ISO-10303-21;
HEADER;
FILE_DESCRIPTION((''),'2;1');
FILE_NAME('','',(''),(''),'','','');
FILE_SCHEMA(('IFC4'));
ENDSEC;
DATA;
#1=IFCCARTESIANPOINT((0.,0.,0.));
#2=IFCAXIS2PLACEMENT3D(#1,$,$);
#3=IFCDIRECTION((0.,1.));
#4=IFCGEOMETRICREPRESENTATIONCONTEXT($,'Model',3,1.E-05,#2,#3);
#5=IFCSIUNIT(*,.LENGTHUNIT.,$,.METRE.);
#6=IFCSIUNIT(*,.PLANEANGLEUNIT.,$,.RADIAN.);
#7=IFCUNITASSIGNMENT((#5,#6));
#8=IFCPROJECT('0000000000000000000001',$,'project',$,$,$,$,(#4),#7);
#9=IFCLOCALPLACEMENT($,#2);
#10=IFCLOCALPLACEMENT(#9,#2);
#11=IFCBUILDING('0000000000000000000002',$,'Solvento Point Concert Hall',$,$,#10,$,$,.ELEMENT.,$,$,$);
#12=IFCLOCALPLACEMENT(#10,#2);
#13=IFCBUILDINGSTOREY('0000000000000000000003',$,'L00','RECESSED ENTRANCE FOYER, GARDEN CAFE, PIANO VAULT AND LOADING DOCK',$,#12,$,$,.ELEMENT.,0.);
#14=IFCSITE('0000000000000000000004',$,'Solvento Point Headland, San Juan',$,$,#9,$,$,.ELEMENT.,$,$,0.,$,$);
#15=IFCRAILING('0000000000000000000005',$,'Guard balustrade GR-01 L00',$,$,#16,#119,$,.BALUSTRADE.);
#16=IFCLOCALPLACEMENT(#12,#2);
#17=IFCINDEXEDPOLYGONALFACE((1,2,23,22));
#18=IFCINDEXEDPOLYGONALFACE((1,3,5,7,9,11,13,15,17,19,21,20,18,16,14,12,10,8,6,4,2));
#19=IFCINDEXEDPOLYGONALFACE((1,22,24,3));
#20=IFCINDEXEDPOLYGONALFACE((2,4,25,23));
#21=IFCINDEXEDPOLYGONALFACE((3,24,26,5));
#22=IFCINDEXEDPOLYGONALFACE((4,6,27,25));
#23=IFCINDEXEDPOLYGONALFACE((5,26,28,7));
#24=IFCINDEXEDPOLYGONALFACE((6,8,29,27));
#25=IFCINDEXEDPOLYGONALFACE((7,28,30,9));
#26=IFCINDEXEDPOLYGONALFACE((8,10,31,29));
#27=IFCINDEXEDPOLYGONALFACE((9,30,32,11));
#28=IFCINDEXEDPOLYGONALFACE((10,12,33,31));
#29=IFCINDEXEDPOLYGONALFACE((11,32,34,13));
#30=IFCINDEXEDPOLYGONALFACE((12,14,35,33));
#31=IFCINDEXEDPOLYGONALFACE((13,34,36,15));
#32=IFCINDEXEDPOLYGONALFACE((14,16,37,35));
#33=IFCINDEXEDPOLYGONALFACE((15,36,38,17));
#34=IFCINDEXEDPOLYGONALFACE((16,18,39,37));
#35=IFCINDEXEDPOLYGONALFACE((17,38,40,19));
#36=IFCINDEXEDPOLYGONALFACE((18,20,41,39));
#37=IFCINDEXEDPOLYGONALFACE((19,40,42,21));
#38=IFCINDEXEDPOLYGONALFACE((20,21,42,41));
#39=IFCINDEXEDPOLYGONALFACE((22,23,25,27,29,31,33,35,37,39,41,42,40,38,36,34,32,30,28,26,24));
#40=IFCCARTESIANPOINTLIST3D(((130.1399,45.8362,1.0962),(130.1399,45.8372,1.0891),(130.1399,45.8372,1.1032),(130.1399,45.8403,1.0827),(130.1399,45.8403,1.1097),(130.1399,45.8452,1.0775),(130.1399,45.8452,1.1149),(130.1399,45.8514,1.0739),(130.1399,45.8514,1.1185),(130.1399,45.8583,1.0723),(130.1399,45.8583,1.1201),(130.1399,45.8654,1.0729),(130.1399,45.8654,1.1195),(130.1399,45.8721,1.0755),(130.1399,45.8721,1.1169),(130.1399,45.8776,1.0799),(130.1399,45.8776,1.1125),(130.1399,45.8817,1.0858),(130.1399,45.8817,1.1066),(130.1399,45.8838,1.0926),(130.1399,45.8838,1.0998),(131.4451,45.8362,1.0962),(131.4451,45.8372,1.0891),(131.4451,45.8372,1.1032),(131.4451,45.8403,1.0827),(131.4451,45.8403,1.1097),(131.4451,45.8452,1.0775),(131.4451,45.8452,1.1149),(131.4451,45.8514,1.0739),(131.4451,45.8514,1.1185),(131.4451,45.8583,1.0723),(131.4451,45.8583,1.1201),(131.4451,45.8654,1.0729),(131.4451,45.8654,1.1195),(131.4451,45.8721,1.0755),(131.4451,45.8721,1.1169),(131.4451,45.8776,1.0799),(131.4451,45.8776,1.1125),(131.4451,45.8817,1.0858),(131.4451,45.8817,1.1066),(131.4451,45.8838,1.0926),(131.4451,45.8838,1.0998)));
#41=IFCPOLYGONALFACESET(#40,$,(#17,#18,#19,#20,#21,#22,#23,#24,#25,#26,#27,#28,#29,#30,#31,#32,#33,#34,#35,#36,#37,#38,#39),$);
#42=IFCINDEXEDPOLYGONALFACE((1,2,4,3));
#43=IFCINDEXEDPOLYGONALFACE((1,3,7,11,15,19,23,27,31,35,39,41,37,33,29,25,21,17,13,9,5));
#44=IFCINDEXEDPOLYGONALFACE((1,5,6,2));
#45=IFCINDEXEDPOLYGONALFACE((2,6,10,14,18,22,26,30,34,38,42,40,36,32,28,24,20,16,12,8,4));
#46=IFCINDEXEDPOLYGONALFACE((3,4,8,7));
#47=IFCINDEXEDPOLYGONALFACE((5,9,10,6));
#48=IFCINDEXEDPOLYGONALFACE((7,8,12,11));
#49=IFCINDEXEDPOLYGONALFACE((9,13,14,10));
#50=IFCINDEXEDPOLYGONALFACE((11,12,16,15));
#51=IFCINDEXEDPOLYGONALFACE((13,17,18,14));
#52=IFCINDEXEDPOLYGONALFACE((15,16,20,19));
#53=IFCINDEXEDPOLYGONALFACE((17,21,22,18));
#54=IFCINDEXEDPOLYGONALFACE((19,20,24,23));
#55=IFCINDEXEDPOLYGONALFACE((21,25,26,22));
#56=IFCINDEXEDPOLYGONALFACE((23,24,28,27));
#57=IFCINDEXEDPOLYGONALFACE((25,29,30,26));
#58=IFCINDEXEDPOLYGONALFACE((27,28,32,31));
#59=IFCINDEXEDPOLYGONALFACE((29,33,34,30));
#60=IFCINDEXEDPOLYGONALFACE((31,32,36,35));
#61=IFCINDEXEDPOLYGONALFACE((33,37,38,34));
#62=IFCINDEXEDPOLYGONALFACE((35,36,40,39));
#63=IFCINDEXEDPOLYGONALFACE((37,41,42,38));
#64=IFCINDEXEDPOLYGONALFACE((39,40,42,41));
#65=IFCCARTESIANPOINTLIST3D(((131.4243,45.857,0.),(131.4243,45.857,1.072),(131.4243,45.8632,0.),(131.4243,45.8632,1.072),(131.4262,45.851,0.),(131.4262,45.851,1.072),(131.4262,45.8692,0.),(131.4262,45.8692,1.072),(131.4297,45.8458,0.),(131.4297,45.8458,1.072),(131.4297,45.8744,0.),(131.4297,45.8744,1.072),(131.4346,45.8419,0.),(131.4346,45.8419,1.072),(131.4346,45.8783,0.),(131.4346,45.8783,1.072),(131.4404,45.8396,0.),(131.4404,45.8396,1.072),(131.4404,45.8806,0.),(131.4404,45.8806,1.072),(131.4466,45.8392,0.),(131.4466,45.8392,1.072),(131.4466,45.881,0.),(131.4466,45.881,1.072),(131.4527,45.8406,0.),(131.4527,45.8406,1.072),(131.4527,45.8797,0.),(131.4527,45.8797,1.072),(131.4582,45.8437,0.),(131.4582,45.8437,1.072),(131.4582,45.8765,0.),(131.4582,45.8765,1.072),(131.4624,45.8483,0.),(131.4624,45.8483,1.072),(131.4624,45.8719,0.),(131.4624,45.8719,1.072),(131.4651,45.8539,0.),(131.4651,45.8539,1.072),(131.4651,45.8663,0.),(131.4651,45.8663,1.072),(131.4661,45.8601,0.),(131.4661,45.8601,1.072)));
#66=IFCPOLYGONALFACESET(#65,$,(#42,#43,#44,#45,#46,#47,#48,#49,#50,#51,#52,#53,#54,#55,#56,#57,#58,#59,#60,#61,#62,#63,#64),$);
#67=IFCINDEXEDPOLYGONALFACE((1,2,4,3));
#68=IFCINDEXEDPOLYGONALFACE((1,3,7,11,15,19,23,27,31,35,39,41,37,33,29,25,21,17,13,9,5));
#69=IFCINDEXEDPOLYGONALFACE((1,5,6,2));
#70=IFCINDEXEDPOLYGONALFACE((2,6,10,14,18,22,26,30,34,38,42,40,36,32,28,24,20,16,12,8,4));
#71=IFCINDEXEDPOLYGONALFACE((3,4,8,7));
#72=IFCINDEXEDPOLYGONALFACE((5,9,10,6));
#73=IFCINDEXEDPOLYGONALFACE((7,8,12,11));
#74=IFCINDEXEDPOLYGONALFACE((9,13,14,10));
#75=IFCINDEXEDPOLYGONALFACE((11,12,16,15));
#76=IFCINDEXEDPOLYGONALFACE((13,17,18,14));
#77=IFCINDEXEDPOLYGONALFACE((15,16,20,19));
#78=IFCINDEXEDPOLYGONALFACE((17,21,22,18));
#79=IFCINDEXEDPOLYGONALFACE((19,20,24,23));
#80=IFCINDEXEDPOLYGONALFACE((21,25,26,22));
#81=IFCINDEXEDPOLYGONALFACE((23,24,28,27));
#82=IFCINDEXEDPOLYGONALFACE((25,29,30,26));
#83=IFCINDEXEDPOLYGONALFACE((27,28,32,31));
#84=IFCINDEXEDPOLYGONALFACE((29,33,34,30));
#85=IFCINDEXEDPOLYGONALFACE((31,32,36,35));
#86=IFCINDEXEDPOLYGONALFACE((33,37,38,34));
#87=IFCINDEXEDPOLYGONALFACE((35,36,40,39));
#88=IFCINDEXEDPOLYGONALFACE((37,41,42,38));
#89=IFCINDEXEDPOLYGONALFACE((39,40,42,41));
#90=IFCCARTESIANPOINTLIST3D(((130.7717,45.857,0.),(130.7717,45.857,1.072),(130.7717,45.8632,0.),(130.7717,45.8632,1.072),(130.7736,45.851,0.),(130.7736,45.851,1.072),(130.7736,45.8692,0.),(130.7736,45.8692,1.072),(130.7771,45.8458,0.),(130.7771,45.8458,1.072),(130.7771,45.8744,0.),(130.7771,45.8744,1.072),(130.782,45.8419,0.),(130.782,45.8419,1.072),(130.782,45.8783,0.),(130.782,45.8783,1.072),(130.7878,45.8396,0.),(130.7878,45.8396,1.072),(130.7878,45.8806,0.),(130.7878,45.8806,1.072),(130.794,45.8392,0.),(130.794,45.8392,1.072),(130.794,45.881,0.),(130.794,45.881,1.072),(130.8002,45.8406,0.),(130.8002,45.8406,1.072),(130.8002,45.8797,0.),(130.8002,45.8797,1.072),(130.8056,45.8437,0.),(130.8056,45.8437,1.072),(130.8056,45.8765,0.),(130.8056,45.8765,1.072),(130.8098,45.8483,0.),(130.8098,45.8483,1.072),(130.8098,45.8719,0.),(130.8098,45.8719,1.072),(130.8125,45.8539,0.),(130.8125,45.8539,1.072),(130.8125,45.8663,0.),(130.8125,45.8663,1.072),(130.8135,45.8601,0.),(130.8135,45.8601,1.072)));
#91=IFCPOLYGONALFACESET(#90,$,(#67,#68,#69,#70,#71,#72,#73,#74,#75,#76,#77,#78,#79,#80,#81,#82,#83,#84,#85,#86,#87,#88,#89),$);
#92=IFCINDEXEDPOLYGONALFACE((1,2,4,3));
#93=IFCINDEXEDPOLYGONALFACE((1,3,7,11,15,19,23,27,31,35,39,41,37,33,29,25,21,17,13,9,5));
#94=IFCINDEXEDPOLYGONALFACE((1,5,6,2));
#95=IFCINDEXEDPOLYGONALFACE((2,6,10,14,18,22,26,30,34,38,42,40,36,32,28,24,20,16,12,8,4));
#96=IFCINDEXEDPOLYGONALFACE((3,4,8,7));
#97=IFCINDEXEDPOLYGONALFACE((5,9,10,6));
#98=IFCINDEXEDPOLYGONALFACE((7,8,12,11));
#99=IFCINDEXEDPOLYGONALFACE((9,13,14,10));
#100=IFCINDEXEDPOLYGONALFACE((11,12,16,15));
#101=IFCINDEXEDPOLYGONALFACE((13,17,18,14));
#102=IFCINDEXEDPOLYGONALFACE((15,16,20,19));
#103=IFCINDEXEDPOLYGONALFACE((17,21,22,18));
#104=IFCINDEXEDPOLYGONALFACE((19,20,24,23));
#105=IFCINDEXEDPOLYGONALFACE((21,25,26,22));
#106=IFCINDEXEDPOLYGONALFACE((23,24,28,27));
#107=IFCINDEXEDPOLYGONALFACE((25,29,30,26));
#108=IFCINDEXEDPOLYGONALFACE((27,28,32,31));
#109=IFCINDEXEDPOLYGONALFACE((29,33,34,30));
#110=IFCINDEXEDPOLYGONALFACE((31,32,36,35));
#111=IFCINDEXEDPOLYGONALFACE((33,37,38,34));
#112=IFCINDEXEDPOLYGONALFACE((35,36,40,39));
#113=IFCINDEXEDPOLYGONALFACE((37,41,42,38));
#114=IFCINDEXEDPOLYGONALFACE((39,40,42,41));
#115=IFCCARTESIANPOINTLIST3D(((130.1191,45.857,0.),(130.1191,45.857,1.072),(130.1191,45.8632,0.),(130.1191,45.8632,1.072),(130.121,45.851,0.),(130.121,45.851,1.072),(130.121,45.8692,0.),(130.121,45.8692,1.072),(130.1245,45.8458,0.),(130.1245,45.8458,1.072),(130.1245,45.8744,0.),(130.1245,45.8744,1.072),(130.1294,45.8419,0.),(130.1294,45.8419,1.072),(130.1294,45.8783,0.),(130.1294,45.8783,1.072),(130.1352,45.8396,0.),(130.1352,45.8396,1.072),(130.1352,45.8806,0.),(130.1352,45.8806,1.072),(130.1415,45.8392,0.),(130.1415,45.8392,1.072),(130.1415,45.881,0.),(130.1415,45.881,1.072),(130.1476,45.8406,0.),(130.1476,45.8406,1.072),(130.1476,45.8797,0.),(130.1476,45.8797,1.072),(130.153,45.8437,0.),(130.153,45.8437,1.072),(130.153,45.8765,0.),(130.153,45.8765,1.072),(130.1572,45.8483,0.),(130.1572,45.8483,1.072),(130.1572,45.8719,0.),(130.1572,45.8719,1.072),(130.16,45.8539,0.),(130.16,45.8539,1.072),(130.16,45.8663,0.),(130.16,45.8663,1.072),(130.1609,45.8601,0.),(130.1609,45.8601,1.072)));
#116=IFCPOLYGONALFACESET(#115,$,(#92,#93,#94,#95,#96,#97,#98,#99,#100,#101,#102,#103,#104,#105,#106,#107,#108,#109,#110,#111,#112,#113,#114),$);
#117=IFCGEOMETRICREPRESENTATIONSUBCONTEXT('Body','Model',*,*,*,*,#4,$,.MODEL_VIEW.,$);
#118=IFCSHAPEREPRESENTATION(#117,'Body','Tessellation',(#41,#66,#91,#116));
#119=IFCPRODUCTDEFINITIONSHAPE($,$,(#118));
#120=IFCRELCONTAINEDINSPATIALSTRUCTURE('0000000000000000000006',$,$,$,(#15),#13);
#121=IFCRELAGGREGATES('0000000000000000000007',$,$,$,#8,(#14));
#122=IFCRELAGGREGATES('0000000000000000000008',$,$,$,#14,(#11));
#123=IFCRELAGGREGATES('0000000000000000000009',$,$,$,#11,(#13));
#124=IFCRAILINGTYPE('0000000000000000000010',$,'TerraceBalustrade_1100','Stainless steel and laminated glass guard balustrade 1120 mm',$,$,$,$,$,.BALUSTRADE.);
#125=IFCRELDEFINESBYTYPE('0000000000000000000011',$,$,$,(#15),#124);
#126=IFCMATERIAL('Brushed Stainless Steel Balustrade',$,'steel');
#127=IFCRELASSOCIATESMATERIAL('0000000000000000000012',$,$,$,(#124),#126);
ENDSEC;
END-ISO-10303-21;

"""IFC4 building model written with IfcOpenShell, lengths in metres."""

from ifc_helpers import new_model, si_unit, direction, frame, origin, origin_2d, place, context, subcontext, project, spatial, circle, extrude, material, type_object, element, save


model = new_model("IFC4")

# Units and contexts
model_context = context("Model", 3, precision=1e-05, world=origin(), true_north=direction((0.0, 1.0)))
body_context = subcontext(model_context, "Body", "Model", "MODEL_VIEW")
ifc_project = project(units=[si_unit("LENGTHUNIT", "METRE"), si_unit("PLANEANGLEUNIT", "RADIAN")], contexts=[model_context])

# Site, building, storey
site_placement = place(None, origin())
site = spatial("IfcSite", under=ifc_project, at=site_placement, Name="Solvento Point Headland, San Juan", CompositionType="ELEMENT", RefElevation=0.0)
building_placement = place(site_placement, origin())
building = spatial("IfcBuilding", under=site, at=building_placement, Name="Solvento Point Concert Hall", CompositionType="ELEMENT")
storey_placement = place(building_placement, origin())
storey = spatial("IfcBuildingStorey", under=building, at=storey_placement, Name="L00", Description="RECESSED ENTRANCE FOYER, GARDEN CAFE, PIANO VAULT AND LOADING DOCK", CompositionType="ELEMENT", Elevation=0.0)

# Railing
ifc_material_1 = material(Name="Brushed Stainless Steel Balustrade", Category="steel")
railing_type_1 = type_object("IfcRailingType", Name="TerraceBalustrade_1100", Description="Stainless steel and laminated glass guard balustrade 1120 mm", PredefinedType="BALUSTRADE", material=ifc_material_1)
railing_1_placement = place(storey_placement, frame((131.4451, 45.8601, 0.0)))
element("IfcRailing", 1, at=railing_1_placement, inside=storey, type_object=railing_type_1, Name="Guard balustrade GR-01 L00", PredefinedType="BALUSTRADE", context=body_context, shape_type="SweptSolid", body=[
    extrude(circle(Radius=0.0239, at=origin_2d()), frame((0.0, 0.0, 1.0962), z_axis=(-1.0, 0.0, 0.0), x_axis=(0.0, -1.0, 0.0)), (0.0, 0.0, 1.0), 1.3052),
    extrude(circle(Radius=0.021, at=origin_2d()), origin(), (0.0, 0.0, 1.0), 1.072),
    extrude(circle(Radius=0.021, at=origin_2d()), frame((-0.6526, 0.0, 0.0)), (0.0, 0.0, 1.0), 1.072),
    extrude(circle(Radius=0.021, at=origin_2d()), frame((-1.3052, 0.0, 0.0)), (0.0, 0.0, 1.0), 1.072),
])

save(model, "model.ifc")
